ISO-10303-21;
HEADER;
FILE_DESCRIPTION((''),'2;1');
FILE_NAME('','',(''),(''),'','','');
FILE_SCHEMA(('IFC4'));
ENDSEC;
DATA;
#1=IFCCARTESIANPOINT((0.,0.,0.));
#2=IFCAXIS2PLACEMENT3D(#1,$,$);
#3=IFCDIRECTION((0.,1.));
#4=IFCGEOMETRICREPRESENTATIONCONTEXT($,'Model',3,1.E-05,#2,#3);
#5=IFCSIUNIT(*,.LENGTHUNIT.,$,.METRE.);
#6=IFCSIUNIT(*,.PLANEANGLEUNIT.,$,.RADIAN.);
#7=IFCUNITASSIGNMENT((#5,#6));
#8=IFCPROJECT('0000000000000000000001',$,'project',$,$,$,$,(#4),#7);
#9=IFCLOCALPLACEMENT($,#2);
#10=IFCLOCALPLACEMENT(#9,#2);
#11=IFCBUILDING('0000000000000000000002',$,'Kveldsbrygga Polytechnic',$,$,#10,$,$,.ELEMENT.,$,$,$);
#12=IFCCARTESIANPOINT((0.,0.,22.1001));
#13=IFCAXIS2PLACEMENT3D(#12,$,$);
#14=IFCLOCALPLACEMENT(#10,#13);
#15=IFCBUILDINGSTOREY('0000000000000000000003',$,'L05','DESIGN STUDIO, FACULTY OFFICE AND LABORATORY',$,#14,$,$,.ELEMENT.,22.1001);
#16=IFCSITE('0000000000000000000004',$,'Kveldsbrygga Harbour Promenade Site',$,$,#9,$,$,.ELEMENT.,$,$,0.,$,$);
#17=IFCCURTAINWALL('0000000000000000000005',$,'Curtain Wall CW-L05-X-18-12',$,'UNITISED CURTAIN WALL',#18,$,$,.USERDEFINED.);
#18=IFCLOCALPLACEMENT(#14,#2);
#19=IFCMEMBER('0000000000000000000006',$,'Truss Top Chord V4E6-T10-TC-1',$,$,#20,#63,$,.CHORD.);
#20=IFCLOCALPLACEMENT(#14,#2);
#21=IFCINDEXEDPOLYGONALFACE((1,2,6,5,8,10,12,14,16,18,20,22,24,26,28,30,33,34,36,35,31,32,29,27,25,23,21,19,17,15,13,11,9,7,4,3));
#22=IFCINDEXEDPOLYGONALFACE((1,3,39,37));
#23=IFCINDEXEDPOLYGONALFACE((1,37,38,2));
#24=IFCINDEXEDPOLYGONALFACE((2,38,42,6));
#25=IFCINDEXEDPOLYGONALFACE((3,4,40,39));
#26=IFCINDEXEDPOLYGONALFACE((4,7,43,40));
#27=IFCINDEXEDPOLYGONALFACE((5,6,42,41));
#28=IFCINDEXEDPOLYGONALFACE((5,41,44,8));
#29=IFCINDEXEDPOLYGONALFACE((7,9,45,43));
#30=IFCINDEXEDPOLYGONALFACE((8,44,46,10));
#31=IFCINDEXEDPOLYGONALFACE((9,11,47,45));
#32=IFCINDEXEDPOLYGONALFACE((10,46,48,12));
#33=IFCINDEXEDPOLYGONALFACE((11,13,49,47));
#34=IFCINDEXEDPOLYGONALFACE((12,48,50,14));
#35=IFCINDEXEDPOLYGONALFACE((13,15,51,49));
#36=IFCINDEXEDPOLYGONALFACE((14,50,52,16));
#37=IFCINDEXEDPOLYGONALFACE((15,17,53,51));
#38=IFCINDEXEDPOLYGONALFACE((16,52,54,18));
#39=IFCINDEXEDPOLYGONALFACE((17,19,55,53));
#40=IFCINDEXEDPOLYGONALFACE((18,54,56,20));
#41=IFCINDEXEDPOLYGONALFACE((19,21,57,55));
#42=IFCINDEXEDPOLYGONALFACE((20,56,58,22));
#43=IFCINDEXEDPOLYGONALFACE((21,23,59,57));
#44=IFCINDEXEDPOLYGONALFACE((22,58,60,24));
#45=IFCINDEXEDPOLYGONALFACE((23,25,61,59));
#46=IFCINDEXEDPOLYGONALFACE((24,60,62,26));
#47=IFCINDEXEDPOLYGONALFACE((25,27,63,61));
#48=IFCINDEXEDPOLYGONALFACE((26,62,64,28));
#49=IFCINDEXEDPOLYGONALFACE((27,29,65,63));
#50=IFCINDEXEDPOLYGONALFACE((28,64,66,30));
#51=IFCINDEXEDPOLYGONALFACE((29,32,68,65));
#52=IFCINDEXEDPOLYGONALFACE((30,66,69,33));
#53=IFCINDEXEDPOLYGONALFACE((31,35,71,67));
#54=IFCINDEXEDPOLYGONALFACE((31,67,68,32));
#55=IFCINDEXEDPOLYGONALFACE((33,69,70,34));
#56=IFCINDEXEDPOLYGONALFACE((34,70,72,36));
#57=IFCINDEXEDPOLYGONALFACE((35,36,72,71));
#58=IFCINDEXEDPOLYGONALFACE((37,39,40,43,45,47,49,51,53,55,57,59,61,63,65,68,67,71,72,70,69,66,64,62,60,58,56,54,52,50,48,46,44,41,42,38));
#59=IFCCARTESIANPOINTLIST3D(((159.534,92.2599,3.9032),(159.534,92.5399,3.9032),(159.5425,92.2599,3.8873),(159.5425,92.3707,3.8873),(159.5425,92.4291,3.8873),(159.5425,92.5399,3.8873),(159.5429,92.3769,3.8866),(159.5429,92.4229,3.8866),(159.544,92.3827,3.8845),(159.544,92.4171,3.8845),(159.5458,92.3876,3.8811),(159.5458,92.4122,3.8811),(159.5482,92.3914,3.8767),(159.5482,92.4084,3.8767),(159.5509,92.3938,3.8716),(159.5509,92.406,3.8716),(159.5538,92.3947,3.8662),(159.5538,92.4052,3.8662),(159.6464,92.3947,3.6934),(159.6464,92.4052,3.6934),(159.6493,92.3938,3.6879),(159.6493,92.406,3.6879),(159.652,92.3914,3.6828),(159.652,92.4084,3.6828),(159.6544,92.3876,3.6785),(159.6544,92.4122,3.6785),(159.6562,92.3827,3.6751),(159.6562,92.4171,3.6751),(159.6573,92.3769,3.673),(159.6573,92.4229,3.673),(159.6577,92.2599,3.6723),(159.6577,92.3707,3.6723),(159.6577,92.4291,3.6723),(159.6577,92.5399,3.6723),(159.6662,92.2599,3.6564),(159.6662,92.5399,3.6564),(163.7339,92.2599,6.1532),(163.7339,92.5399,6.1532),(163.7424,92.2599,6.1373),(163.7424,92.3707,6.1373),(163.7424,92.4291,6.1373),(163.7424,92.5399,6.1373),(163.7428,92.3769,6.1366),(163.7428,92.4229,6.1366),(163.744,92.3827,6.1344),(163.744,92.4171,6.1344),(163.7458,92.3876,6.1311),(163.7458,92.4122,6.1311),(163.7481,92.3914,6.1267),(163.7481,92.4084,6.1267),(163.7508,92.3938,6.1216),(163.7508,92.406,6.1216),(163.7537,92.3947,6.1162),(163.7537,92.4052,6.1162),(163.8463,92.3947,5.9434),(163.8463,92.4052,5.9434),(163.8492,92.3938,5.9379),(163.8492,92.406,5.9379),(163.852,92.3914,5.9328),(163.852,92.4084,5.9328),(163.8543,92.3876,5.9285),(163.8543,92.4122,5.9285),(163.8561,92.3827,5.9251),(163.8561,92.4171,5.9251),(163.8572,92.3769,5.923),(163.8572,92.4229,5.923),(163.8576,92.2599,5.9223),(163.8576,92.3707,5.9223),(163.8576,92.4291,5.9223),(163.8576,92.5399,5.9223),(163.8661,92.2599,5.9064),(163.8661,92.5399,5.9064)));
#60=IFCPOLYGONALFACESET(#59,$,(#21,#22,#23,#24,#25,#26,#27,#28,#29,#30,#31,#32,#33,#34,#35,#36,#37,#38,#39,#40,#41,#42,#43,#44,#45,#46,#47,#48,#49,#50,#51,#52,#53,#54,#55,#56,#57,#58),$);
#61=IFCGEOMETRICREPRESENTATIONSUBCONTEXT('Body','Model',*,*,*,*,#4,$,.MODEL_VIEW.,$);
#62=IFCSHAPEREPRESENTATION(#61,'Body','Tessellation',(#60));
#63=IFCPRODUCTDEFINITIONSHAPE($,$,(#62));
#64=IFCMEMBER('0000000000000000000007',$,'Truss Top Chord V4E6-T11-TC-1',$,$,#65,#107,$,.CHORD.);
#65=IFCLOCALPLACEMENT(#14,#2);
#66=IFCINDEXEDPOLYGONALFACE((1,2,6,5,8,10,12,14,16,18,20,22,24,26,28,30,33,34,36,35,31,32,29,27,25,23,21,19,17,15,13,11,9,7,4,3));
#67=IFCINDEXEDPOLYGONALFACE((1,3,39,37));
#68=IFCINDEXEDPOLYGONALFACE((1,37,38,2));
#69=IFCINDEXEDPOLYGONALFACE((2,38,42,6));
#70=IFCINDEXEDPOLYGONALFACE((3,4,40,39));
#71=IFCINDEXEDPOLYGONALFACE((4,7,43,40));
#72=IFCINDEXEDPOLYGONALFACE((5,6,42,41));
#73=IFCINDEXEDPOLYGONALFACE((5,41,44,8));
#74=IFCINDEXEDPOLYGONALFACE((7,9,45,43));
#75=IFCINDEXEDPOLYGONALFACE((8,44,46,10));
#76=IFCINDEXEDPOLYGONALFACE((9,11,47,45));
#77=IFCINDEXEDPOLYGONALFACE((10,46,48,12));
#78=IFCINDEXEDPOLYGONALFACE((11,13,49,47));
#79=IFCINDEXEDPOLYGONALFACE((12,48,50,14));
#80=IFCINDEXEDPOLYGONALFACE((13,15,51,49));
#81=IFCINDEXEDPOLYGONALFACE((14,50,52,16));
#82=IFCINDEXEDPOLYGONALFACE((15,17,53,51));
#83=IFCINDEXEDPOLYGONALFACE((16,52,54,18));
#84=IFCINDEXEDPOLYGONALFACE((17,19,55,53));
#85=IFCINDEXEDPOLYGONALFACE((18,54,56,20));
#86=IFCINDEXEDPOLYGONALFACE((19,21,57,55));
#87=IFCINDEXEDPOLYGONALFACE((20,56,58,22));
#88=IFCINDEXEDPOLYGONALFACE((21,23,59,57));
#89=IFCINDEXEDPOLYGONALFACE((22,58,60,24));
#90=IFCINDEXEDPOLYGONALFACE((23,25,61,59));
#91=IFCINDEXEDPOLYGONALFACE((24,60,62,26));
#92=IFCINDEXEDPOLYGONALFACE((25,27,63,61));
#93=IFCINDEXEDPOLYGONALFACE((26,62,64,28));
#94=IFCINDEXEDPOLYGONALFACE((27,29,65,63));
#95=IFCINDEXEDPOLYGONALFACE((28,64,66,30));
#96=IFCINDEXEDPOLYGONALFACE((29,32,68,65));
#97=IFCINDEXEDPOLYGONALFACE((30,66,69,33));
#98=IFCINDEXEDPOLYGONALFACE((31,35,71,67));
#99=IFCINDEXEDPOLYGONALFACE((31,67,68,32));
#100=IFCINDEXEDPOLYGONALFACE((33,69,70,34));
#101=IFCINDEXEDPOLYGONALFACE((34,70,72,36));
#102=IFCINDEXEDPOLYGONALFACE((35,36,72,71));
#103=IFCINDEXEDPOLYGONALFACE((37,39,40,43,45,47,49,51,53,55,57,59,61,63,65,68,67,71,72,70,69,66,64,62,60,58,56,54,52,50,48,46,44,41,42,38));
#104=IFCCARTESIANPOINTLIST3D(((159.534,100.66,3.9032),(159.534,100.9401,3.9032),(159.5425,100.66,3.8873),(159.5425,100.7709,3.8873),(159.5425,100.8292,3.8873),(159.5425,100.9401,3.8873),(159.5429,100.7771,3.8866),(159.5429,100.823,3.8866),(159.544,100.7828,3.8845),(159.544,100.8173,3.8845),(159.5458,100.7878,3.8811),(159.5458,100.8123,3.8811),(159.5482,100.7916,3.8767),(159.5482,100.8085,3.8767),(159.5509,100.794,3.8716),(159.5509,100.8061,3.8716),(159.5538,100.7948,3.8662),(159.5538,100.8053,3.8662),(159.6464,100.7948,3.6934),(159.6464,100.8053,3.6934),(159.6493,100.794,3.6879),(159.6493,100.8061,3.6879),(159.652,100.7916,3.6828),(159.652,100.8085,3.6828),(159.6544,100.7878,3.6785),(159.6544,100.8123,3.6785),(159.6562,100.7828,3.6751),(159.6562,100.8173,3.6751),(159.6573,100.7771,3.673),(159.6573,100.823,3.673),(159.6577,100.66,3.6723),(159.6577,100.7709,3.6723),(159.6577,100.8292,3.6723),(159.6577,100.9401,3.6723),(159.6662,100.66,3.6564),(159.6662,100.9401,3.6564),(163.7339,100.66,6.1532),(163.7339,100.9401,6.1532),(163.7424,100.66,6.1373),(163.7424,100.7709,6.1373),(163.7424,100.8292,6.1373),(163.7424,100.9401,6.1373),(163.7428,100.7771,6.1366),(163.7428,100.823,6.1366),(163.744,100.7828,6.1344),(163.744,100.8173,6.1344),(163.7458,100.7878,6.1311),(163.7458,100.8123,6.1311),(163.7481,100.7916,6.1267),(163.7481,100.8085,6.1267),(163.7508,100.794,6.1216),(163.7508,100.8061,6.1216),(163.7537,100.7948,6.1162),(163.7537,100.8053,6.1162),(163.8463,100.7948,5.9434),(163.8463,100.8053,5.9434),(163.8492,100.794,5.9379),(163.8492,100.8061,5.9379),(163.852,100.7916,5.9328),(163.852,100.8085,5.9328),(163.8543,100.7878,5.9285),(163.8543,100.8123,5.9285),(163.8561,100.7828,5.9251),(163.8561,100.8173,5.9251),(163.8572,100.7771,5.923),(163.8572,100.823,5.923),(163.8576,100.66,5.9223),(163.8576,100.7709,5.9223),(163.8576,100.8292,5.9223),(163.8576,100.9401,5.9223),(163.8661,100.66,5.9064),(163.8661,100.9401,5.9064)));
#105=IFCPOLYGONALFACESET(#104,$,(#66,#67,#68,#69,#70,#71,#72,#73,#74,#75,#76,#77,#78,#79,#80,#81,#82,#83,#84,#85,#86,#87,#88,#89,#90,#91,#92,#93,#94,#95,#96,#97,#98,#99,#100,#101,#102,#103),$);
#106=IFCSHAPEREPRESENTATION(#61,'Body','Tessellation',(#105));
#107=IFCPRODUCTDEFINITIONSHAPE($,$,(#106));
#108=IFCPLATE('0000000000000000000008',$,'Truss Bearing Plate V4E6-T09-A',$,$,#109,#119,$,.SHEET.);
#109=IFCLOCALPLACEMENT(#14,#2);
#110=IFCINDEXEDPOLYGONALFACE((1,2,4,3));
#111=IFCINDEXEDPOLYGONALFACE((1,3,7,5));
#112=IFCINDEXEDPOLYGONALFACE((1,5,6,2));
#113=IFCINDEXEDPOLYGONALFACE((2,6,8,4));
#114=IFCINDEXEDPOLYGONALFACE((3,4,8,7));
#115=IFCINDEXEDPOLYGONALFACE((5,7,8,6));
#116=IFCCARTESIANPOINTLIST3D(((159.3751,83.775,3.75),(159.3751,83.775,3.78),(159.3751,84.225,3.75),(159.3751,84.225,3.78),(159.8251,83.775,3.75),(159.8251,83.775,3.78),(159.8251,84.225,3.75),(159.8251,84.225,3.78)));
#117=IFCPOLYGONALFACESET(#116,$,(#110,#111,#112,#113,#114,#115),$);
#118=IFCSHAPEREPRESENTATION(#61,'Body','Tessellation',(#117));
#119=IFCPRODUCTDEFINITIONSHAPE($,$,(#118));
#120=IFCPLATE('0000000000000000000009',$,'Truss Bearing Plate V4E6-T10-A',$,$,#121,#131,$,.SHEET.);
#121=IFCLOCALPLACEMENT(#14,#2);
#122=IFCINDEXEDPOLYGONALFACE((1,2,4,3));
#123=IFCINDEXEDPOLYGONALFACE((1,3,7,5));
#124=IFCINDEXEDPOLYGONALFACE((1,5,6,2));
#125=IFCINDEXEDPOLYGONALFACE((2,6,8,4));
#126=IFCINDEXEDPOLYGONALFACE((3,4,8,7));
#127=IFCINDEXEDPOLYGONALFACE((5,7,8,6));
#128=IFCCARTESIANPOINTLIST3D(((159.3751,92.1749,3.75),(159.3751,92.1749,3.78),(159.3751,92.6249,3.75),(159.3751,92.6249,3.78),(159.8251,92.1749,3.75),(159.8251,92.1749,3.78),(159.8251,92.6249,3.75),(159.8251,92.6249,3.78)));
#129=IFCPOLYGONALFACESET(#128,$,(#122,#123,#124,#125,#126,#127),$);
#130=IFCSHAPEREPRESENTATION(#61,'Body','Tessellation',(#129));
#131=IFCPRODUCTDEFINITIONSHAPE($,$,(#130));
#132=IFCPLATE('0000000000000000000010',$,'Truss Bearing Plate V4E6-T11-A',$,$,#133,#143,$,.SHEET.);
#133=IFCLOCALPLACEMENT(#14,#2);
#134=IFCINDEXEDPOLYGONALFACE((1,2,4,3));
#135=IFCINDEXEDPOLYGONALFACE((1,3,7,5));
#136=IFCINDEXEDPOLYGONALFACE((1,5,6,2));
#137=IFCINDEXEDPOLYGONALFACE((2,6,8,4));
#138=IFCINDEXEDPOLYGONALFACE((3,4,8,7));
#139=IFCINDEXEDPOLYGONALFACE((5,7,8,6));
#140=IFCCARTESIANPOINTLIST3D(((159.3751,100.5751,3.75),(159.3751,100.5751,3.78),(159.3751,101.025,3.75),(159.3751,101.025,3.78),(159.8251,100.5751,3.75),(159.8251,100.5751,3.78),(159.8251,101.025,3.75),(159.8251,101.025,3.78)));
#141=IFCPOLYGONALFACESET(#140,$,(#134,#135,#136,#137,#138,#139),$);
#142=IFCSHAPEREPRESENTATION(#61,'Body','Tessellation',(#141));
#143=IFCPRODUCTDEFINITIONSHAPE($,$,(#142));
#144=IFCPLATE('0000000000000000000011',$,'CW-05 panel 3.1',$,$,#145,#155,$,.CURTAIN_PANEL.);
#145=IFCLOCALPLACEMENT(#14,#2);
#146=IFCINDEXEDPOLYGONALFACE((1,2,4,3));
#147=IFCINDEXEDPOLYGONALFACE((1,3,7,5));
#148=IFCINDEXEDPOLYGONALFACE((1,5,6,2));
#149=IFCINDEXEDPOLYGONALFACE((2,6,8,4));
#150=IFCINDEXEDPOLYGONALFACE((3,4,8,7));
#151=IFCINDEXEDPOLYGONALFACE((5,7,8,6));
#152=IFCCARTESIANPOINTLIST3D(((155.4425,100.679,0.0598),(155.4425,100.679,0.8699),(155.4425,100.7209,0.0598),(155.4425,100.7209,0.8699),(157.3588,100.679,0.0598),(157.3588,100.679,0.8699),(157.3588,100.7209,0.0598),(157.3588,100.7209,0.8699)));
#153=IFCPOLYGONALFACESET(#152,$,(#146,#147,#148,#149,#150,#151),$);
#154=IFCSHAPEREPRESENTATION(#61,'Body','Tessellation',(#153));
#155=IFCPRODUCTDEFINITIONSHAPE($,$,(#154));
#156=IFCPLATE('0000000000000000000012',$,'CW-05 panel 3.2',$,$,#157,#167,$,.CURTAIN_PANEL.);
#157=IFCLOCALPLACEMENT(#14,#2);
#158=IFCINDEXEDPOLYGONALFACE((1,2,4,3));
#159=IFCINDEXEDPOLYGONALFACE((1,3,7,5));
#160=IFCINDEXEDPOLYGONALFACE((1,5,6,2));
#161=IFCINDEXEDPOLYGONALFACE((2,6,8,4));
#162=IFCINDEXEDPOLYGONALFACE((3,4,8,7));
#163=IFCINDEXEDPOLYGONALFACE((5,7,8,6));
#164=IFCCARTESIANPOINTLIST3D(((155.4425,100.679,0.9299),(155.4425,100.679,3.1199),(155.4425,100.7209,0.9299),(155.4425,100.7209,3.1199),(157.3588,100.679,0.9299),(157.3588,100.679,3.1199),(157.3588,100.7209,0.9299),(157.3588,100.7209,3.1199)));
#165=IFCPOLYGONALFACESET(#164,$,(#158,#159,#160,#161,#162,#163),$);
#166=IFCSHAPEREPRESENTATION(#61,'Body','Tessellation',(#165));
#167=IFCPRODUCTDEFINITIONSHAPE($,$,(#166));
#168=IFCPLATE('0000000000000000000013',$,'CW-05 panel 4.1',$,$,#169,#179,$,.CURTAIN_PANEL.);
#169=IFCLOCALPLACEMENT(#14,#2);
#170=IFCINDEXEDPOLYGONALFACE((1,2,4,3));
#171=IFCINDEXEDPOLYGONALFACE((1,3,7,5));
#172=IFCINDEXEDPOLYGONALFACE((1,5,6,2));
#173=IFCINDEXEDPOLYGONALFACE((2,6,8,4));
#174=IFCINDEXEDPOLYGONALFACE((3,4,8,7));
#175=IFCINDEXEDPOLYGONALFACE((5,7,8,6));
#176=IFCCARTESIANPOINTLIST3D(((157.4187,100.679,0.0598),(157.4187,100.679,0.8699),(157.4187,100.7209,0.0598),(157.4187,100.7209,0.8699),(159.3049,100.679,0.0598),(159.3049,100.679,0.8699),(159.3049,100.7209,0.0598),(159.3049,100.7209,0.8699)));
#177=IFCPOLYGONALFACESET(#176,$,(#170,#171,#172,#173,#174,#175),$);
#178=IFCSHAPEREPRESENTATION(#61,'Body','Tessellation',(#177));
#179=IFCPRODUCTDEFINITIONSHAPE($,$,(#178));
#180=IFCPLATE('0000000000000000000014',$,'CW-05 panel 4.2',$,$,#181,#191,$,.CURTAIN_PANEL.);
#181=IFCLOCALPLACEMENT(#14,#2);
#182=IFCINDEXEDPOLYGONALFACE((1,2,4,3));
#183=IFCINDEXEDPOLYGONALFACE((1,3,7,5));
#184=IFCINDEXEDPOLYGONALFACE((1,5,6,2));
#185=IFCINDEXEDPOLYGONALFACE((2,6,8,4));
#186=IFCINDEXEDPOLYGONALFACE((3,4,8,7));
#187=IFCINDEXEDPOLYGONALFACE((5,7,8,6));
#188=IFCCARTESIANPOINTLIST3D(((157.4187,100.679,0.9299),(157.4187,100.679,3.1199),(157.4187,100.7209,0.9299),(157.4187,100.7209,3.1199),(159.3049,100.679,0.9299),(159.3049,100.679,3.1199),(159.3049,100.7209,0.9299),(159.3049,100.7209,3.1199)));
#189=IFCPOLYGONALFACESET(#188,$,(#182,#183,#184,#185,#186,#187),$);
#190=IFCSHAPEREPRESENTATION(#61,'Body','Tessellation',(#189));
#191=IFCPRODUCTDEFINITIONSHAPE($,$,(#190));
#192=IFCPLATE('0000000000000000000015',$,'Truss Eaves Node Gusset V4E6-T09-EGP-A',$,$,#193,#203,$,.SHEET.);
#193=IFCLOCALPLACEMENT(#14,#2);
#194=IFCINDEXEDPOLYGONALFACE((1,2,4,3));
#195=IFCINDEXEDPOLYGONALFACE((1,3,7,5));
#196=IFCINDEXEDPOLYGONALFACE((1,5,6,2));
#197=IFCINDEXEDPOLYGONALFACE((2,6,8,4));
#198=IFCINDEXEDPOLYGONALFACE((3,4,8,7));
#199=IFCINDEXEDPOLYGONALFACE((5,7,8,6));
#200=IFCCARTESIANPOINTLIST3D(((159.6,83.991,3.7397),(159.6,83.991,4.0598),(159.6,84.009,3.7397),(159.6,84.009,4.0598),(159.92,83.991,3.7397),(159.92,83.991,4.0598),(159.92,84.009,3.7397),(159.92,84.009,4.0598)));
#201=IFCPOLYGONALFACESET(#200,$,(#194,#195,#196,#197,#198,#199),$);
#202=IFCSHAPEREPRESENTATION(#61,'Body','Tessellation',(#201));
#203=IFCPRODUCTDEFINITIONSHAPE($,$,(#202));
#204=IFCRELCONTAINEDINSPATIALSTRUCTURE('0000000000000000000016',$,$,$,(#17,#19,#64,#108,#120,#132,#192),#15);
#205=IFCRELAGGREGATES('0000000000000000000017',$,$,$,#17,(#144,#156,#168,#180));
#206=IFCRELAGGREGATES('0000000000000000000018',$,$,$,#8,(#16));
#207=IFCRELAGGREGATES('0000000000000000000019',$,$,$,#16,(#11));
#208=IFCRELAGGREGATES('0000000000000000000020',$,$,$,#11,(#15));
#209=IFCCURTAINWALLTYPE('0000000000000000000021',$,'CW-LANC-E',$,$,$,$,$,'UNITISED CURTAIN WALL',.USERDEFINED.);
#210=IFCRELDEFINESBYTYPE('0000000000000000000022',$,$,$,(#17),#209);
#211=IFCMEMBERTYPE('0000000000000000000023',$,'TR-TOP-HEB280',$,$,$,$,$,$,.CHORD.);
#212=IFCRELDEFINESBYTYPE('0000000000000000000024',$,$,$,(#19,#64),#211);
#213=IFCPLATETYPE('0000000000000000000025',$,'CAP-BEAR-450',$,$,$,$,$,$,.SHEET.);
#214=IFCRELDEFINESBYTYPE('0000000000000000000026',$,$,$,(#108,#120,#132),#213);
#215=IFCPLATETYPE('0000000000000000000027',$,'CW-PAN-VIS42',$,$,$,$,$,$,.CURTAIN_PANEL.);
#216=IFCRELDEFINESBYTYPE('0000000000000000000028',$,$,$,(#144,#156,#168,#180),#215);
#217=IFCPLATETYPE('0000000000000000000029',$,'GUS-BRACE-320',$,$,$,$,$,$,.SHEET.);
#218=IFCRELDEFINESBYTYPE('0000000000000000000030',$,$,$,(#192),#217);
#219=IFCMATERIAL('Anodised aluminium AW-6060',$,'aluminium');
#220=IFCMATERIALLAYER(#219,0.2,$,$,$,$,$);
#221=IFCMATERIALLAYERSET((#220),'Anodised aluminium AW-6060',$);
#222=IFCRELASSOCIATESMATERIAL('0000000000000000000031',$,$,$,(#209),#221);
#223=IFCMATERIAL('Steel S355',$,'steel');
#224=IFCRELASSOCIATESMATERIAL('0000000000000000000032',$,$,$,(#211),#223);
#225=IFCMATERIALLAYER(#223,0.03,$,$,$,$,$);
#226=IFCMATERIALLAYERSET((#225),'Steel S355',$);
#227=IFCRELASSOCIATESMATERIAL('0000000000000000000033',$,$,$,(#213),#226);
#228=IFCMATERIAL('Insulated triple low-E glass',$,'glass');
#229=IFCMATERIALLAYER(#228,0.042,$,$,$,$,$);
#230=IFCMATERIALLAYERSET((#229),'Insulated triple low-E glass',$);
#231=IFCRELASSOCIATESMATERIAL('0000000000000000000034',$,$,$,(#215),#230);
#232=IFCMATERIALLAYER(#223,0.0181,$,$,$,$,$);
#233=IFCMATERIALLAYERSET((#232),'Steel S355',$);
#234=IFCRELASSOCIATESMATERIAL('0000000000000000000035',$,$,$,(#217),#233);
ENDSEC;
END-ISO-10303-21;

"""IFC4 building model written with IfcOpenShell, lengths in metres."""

from ifc_helpers import new_model, si_unit, direction, frame, origin, origin_2d, place, context, subcontext, project, spatial, rectangle, i_section, extrude, material, layer, layer_set, material_profile, profile_set, type_object, element, aggregate, save


model = new_model("IFC4")

# Units and contexts
model_context = context("Model", 3, precision=1e-05, world=origin(), true_north=direction((0.0, 1.0)))
body_context = subcontext(model_context, "Body", "Model", "MODEL_VIEW")
ifc_project = project(units=[si_unit("LENGTHUNIT", "METRE"), si_unit("PLANEANGLEUNIT", "RADIAN")], contexts=[model_context])

# Site, building, storey
site_placement = place(None, origin())
site = spatial("IfcSite", under=ifc_project, at=site_placement, Name="Kveldsbrygga Harbour Promenade Site", CompositionType="ELEMENT", RefElevation=0.0)
building_placement = place(site_placement, origin())
building = spatial("IfcBuilding", under=site, at=building_placement, Name="Kveldsbrygga Polytechnic", CompositionType="ELEMENT")
storey_placement = place(building_placement, frame((0.0, 0.0, 22.1001)))
storey = spatial("IfcBuildingStorey", under=building, at=storey_placement, Name="L05", Description="DESIGN STUDIO, FACULTY OFFICE AND LABORATORY", CompositionType="ELEMENT", Elevation=22.1001)

# Curtain wall
ifc_material_1 = material(Name="Anodised aluminium AW-6060", Category="aluminium")
ifc_layer_1 = layer(ifc_material_1, 0.2)
ifc_layer_set_1 = layer_set([ifc_layer_1], Name="Anodised aluminium AW-6060")
curtain_wall_type = type_object("IfcCurtainWallType", Name="CW-LANC-E", ElementType="UNITISED CURTAIN WALL", PredefinedType="USERDEFINED", material=ifc_layer_set_1)
curtain_wall_placement = place(storey_placement, origin())
curtain_wall = element("IfcCurtainWall", 1, at=curtain_wall_placement, inside=storey, type_object=curtain_wall_type, Name="Curtain Wall CW-L05-X-18-12", ObjectType="UNITISED CURTAIN WALL", PredefinedType="USERDEFINED")

# Members
ifc_material_2 = material(Name="Steel S355", Category="steel")
ifc_material_profile_1 = material_profile(ifc_material_2, i_section(OverallWidth=0.28, OverallDepth=0.28, WebThickness=0.0105, FlangeThickness=0.0181, FilletRadius=0.0239, at=origin_2d()), Name="HEB 280")
ifc_profile_set_1 = profile_set([ifc_material_profile_1], Name="Steel S355")
member_type_1 = type_object("IfcMemberType", Name="TR-TOP-HEB280", PredefinedType="CHORD", material=ifc_profile_set_1)
for number, where, z_axis, x_axis, name in (
    (2, (159.6001, 92.3999, 3.7798), (0.881478, 0.0, 0.472226), (0.0, 1.0, 0.0), "Truss Top Chord V4E6-T10-TC-1"),
    (3, (159.6001, 100.8, 3.7798), (0.881478, 0.0, 0.472226), (0.0, 1.0, 0.0), "Truss Top Chord V4E6-T11-TC-1"),
):
    element("IfcMember", number, at=place(storey_placement, frame(where, z_axis=z_axis, x_axis=x_axis)), inside=storey, type_object=member_type_1, Name=name, PredefinedType="CHORD", context=body_context, shape_type="SweptSolid", body=[
        extrude(i_section(OverallWidth=0.28, OverallDepth=0.28, WebThickness=0.0105, FlangeThickness=0.0181, FilletRadius=0.0239, at=origin_2d()), origin(), (0.0, 0.0, 1.0), 4.7646),
    ])

# Plates
ifc_layer_2 = layer(ifc_material_2, 0.03)
ifc_layer_set_2 = layer_set([ifc_layer_2], Name="Steel S355")
plate_type_1 = type_object("IfcPlateType", Name="CAP-BEAR-450", PredefinedType="SHEET", material=ifc_layer_set_2)
for number, where, z_axis, x_axis, name in (
    (4, (159.6001, 84.0, 3.75), (0.0, 0.0, 1.0), (1.0, 0.0, 0.0), "Truss Bearing Plate V4E6-T09-A"),
    (5, (159.6001, 92.3999, 3.75), (0.0, 0.0, 1.0), (1.0, 0.0, 0.0), "Truss Bearing Plate V4E6-T10-A"),
    (6, (159.6001, 100.8, 3.75), (0.0, 0.0, 1.0), (1.0, 0.0, 0.0), "Truss Bearing Plate V4E6-T11-A"),
):
    element("IfcPlate", number, at=place(storey_placement, frame(where, z_axis=z_axis, x_axis=x_axis)), inside=storey, type_object=plate_type_1, Name=name, PredefinedType="SHEET", context=body_context, shape_type="SweptSolid", body=[
        extrude(rectangle(XDim=0.45, YDim=0.45, at=origin_2d()), origin(), (0.0, 0.0, 1.0), 0.03),
    ])

# Plates
ifc_material_3 = material(Name="Insulated triple low-E glass", Category="glass")
ifc_layer_3 = layer(ifc_material_3, 0.042)
ifc_layer_set_3 = layer_set([ifc_layer_3], Name="Insulated triple low-E glass")
plate_type_2 = type_object("IfcPlateType", Name="CW-PAN-VIS42", PredefinedType="CURTAIN_PANEL", material=ifc_layer_set_3)
plate_1_placement = place(storey_placement, frame((156.4006, 100.7, 0.0598), z_axis=(0.0, 0.0, 1.0), x_axis=(1.0, 0.0, 0.0)))
plate_1 = element("IfcPlate", 7, at=plate_1_placement, type_object=plate_type_2, Name="CW-05 panel 3.1", PredefinedType="CURTAIN_PANEL", context=body_context, shape_type="SweptSolid", body=[
    extrude(rectangle(XDim=1.9163, YDim=0.042, at=origin_2d()), origin(), (0.0, 0.0, 1.0), 0.8101),
])
plate_2_placement = place(storey_placement, frame((156.4006, 100.7, 0.9299), z_axis=(0.0, 0.0, 1.0), x_axis=(1.0, 0.0, 0.0)))
plate_2 = element("IfcPlate", 8, at=plate_2_placement, type_object=plate_type_2, Name="CW-05 panel 3.2", PredefinedType="CURTAIN_PANEL", context=body_context, shape_type="SweptSolid", body=[
    extrude(rectangle(XDim=1.9163, YDim=0.042, at=origin_2d()), origin(), (0.0, 0.0, 1.0), 2.1899),
])
plate_3_placement = place(storey_placement, frame((158.3618, 100.7, 0.0598), z_axis=(0.0, 0.0, 1.0), x_axis=(1.0, 0.0, 0.0)))
plate_3 = element("IfcPlate", 9, at=plate_3_placement, type_object=plate_type_2, Name="CW-05 panel 4.1", PredefinedType="CURTAIN_PANEL", context=body_context, shape_type="SweptSolid", body=[
    extrude(rectangle(XDim=1.8862, YDim=0.042, at=origin_2d()), origin(), (0.0, 0.0, 1.0), 0.8101),
])
plate_4_placement = place(storey_placement, frame((158.3618, 100.7, 0.9299), z_axis=(0.0, 0.0, 1.0), x_axis=(1.0, 0.0, 0.0)))
plate_4 = element("IfcPlate", 10, at=plate_4_placement, type_object=plate_type_2, Name="CW-05 panel 4.2", PredefinedType="CURTAIN_PANEL", context=body_context, shape_type="SweptSolid", body=[
    extrude(rectangle(XDim=1.8862, YDim=0.042, at=origin_2d()), origin(), (0.0, 0.0, 1.0), 2.1899),
])
aggregate(curtain_wall, [plate_1, plate_2, plate_3, plate_4])

# Plate
ifc_layer_4 = layer(ifc_material_2, 0.0181)
ifc_layer_set_4 = layer_set([ifc_layer_4], Name="Steel S355")
plate_type_3 = type_object("IfcPlateType", Name="GUS-BRACE-320", PredefinedType="SHEET", material=ifc_layer_set_4)
for number, where, z_axis, x_axis, name in (
    (11, (159.76, 84.0, 3.7397), (0.0, 0.0, 1.0), (1.0, 0.0, 0.0), "Truss Eaves Node Gusset V4E6-T09-EGP-A"),
):
    element("IfcPlate", number, at=place(storey_placement, frame(where, z_axis=z_axis, x_axis=x_axis)), inside=storey, type_object=plate_type_3, Name=name, PredefinedType="SHEET", context=body_context, shape_type="SweptSolid", body=[
        extrude(rectangle(XDim=0.3201, YDim=0.0181, at=origin_2d()), origin(), (0.0, 0.0, 1.0), 0.3201),
    ])

save(model, "model.ifc")
